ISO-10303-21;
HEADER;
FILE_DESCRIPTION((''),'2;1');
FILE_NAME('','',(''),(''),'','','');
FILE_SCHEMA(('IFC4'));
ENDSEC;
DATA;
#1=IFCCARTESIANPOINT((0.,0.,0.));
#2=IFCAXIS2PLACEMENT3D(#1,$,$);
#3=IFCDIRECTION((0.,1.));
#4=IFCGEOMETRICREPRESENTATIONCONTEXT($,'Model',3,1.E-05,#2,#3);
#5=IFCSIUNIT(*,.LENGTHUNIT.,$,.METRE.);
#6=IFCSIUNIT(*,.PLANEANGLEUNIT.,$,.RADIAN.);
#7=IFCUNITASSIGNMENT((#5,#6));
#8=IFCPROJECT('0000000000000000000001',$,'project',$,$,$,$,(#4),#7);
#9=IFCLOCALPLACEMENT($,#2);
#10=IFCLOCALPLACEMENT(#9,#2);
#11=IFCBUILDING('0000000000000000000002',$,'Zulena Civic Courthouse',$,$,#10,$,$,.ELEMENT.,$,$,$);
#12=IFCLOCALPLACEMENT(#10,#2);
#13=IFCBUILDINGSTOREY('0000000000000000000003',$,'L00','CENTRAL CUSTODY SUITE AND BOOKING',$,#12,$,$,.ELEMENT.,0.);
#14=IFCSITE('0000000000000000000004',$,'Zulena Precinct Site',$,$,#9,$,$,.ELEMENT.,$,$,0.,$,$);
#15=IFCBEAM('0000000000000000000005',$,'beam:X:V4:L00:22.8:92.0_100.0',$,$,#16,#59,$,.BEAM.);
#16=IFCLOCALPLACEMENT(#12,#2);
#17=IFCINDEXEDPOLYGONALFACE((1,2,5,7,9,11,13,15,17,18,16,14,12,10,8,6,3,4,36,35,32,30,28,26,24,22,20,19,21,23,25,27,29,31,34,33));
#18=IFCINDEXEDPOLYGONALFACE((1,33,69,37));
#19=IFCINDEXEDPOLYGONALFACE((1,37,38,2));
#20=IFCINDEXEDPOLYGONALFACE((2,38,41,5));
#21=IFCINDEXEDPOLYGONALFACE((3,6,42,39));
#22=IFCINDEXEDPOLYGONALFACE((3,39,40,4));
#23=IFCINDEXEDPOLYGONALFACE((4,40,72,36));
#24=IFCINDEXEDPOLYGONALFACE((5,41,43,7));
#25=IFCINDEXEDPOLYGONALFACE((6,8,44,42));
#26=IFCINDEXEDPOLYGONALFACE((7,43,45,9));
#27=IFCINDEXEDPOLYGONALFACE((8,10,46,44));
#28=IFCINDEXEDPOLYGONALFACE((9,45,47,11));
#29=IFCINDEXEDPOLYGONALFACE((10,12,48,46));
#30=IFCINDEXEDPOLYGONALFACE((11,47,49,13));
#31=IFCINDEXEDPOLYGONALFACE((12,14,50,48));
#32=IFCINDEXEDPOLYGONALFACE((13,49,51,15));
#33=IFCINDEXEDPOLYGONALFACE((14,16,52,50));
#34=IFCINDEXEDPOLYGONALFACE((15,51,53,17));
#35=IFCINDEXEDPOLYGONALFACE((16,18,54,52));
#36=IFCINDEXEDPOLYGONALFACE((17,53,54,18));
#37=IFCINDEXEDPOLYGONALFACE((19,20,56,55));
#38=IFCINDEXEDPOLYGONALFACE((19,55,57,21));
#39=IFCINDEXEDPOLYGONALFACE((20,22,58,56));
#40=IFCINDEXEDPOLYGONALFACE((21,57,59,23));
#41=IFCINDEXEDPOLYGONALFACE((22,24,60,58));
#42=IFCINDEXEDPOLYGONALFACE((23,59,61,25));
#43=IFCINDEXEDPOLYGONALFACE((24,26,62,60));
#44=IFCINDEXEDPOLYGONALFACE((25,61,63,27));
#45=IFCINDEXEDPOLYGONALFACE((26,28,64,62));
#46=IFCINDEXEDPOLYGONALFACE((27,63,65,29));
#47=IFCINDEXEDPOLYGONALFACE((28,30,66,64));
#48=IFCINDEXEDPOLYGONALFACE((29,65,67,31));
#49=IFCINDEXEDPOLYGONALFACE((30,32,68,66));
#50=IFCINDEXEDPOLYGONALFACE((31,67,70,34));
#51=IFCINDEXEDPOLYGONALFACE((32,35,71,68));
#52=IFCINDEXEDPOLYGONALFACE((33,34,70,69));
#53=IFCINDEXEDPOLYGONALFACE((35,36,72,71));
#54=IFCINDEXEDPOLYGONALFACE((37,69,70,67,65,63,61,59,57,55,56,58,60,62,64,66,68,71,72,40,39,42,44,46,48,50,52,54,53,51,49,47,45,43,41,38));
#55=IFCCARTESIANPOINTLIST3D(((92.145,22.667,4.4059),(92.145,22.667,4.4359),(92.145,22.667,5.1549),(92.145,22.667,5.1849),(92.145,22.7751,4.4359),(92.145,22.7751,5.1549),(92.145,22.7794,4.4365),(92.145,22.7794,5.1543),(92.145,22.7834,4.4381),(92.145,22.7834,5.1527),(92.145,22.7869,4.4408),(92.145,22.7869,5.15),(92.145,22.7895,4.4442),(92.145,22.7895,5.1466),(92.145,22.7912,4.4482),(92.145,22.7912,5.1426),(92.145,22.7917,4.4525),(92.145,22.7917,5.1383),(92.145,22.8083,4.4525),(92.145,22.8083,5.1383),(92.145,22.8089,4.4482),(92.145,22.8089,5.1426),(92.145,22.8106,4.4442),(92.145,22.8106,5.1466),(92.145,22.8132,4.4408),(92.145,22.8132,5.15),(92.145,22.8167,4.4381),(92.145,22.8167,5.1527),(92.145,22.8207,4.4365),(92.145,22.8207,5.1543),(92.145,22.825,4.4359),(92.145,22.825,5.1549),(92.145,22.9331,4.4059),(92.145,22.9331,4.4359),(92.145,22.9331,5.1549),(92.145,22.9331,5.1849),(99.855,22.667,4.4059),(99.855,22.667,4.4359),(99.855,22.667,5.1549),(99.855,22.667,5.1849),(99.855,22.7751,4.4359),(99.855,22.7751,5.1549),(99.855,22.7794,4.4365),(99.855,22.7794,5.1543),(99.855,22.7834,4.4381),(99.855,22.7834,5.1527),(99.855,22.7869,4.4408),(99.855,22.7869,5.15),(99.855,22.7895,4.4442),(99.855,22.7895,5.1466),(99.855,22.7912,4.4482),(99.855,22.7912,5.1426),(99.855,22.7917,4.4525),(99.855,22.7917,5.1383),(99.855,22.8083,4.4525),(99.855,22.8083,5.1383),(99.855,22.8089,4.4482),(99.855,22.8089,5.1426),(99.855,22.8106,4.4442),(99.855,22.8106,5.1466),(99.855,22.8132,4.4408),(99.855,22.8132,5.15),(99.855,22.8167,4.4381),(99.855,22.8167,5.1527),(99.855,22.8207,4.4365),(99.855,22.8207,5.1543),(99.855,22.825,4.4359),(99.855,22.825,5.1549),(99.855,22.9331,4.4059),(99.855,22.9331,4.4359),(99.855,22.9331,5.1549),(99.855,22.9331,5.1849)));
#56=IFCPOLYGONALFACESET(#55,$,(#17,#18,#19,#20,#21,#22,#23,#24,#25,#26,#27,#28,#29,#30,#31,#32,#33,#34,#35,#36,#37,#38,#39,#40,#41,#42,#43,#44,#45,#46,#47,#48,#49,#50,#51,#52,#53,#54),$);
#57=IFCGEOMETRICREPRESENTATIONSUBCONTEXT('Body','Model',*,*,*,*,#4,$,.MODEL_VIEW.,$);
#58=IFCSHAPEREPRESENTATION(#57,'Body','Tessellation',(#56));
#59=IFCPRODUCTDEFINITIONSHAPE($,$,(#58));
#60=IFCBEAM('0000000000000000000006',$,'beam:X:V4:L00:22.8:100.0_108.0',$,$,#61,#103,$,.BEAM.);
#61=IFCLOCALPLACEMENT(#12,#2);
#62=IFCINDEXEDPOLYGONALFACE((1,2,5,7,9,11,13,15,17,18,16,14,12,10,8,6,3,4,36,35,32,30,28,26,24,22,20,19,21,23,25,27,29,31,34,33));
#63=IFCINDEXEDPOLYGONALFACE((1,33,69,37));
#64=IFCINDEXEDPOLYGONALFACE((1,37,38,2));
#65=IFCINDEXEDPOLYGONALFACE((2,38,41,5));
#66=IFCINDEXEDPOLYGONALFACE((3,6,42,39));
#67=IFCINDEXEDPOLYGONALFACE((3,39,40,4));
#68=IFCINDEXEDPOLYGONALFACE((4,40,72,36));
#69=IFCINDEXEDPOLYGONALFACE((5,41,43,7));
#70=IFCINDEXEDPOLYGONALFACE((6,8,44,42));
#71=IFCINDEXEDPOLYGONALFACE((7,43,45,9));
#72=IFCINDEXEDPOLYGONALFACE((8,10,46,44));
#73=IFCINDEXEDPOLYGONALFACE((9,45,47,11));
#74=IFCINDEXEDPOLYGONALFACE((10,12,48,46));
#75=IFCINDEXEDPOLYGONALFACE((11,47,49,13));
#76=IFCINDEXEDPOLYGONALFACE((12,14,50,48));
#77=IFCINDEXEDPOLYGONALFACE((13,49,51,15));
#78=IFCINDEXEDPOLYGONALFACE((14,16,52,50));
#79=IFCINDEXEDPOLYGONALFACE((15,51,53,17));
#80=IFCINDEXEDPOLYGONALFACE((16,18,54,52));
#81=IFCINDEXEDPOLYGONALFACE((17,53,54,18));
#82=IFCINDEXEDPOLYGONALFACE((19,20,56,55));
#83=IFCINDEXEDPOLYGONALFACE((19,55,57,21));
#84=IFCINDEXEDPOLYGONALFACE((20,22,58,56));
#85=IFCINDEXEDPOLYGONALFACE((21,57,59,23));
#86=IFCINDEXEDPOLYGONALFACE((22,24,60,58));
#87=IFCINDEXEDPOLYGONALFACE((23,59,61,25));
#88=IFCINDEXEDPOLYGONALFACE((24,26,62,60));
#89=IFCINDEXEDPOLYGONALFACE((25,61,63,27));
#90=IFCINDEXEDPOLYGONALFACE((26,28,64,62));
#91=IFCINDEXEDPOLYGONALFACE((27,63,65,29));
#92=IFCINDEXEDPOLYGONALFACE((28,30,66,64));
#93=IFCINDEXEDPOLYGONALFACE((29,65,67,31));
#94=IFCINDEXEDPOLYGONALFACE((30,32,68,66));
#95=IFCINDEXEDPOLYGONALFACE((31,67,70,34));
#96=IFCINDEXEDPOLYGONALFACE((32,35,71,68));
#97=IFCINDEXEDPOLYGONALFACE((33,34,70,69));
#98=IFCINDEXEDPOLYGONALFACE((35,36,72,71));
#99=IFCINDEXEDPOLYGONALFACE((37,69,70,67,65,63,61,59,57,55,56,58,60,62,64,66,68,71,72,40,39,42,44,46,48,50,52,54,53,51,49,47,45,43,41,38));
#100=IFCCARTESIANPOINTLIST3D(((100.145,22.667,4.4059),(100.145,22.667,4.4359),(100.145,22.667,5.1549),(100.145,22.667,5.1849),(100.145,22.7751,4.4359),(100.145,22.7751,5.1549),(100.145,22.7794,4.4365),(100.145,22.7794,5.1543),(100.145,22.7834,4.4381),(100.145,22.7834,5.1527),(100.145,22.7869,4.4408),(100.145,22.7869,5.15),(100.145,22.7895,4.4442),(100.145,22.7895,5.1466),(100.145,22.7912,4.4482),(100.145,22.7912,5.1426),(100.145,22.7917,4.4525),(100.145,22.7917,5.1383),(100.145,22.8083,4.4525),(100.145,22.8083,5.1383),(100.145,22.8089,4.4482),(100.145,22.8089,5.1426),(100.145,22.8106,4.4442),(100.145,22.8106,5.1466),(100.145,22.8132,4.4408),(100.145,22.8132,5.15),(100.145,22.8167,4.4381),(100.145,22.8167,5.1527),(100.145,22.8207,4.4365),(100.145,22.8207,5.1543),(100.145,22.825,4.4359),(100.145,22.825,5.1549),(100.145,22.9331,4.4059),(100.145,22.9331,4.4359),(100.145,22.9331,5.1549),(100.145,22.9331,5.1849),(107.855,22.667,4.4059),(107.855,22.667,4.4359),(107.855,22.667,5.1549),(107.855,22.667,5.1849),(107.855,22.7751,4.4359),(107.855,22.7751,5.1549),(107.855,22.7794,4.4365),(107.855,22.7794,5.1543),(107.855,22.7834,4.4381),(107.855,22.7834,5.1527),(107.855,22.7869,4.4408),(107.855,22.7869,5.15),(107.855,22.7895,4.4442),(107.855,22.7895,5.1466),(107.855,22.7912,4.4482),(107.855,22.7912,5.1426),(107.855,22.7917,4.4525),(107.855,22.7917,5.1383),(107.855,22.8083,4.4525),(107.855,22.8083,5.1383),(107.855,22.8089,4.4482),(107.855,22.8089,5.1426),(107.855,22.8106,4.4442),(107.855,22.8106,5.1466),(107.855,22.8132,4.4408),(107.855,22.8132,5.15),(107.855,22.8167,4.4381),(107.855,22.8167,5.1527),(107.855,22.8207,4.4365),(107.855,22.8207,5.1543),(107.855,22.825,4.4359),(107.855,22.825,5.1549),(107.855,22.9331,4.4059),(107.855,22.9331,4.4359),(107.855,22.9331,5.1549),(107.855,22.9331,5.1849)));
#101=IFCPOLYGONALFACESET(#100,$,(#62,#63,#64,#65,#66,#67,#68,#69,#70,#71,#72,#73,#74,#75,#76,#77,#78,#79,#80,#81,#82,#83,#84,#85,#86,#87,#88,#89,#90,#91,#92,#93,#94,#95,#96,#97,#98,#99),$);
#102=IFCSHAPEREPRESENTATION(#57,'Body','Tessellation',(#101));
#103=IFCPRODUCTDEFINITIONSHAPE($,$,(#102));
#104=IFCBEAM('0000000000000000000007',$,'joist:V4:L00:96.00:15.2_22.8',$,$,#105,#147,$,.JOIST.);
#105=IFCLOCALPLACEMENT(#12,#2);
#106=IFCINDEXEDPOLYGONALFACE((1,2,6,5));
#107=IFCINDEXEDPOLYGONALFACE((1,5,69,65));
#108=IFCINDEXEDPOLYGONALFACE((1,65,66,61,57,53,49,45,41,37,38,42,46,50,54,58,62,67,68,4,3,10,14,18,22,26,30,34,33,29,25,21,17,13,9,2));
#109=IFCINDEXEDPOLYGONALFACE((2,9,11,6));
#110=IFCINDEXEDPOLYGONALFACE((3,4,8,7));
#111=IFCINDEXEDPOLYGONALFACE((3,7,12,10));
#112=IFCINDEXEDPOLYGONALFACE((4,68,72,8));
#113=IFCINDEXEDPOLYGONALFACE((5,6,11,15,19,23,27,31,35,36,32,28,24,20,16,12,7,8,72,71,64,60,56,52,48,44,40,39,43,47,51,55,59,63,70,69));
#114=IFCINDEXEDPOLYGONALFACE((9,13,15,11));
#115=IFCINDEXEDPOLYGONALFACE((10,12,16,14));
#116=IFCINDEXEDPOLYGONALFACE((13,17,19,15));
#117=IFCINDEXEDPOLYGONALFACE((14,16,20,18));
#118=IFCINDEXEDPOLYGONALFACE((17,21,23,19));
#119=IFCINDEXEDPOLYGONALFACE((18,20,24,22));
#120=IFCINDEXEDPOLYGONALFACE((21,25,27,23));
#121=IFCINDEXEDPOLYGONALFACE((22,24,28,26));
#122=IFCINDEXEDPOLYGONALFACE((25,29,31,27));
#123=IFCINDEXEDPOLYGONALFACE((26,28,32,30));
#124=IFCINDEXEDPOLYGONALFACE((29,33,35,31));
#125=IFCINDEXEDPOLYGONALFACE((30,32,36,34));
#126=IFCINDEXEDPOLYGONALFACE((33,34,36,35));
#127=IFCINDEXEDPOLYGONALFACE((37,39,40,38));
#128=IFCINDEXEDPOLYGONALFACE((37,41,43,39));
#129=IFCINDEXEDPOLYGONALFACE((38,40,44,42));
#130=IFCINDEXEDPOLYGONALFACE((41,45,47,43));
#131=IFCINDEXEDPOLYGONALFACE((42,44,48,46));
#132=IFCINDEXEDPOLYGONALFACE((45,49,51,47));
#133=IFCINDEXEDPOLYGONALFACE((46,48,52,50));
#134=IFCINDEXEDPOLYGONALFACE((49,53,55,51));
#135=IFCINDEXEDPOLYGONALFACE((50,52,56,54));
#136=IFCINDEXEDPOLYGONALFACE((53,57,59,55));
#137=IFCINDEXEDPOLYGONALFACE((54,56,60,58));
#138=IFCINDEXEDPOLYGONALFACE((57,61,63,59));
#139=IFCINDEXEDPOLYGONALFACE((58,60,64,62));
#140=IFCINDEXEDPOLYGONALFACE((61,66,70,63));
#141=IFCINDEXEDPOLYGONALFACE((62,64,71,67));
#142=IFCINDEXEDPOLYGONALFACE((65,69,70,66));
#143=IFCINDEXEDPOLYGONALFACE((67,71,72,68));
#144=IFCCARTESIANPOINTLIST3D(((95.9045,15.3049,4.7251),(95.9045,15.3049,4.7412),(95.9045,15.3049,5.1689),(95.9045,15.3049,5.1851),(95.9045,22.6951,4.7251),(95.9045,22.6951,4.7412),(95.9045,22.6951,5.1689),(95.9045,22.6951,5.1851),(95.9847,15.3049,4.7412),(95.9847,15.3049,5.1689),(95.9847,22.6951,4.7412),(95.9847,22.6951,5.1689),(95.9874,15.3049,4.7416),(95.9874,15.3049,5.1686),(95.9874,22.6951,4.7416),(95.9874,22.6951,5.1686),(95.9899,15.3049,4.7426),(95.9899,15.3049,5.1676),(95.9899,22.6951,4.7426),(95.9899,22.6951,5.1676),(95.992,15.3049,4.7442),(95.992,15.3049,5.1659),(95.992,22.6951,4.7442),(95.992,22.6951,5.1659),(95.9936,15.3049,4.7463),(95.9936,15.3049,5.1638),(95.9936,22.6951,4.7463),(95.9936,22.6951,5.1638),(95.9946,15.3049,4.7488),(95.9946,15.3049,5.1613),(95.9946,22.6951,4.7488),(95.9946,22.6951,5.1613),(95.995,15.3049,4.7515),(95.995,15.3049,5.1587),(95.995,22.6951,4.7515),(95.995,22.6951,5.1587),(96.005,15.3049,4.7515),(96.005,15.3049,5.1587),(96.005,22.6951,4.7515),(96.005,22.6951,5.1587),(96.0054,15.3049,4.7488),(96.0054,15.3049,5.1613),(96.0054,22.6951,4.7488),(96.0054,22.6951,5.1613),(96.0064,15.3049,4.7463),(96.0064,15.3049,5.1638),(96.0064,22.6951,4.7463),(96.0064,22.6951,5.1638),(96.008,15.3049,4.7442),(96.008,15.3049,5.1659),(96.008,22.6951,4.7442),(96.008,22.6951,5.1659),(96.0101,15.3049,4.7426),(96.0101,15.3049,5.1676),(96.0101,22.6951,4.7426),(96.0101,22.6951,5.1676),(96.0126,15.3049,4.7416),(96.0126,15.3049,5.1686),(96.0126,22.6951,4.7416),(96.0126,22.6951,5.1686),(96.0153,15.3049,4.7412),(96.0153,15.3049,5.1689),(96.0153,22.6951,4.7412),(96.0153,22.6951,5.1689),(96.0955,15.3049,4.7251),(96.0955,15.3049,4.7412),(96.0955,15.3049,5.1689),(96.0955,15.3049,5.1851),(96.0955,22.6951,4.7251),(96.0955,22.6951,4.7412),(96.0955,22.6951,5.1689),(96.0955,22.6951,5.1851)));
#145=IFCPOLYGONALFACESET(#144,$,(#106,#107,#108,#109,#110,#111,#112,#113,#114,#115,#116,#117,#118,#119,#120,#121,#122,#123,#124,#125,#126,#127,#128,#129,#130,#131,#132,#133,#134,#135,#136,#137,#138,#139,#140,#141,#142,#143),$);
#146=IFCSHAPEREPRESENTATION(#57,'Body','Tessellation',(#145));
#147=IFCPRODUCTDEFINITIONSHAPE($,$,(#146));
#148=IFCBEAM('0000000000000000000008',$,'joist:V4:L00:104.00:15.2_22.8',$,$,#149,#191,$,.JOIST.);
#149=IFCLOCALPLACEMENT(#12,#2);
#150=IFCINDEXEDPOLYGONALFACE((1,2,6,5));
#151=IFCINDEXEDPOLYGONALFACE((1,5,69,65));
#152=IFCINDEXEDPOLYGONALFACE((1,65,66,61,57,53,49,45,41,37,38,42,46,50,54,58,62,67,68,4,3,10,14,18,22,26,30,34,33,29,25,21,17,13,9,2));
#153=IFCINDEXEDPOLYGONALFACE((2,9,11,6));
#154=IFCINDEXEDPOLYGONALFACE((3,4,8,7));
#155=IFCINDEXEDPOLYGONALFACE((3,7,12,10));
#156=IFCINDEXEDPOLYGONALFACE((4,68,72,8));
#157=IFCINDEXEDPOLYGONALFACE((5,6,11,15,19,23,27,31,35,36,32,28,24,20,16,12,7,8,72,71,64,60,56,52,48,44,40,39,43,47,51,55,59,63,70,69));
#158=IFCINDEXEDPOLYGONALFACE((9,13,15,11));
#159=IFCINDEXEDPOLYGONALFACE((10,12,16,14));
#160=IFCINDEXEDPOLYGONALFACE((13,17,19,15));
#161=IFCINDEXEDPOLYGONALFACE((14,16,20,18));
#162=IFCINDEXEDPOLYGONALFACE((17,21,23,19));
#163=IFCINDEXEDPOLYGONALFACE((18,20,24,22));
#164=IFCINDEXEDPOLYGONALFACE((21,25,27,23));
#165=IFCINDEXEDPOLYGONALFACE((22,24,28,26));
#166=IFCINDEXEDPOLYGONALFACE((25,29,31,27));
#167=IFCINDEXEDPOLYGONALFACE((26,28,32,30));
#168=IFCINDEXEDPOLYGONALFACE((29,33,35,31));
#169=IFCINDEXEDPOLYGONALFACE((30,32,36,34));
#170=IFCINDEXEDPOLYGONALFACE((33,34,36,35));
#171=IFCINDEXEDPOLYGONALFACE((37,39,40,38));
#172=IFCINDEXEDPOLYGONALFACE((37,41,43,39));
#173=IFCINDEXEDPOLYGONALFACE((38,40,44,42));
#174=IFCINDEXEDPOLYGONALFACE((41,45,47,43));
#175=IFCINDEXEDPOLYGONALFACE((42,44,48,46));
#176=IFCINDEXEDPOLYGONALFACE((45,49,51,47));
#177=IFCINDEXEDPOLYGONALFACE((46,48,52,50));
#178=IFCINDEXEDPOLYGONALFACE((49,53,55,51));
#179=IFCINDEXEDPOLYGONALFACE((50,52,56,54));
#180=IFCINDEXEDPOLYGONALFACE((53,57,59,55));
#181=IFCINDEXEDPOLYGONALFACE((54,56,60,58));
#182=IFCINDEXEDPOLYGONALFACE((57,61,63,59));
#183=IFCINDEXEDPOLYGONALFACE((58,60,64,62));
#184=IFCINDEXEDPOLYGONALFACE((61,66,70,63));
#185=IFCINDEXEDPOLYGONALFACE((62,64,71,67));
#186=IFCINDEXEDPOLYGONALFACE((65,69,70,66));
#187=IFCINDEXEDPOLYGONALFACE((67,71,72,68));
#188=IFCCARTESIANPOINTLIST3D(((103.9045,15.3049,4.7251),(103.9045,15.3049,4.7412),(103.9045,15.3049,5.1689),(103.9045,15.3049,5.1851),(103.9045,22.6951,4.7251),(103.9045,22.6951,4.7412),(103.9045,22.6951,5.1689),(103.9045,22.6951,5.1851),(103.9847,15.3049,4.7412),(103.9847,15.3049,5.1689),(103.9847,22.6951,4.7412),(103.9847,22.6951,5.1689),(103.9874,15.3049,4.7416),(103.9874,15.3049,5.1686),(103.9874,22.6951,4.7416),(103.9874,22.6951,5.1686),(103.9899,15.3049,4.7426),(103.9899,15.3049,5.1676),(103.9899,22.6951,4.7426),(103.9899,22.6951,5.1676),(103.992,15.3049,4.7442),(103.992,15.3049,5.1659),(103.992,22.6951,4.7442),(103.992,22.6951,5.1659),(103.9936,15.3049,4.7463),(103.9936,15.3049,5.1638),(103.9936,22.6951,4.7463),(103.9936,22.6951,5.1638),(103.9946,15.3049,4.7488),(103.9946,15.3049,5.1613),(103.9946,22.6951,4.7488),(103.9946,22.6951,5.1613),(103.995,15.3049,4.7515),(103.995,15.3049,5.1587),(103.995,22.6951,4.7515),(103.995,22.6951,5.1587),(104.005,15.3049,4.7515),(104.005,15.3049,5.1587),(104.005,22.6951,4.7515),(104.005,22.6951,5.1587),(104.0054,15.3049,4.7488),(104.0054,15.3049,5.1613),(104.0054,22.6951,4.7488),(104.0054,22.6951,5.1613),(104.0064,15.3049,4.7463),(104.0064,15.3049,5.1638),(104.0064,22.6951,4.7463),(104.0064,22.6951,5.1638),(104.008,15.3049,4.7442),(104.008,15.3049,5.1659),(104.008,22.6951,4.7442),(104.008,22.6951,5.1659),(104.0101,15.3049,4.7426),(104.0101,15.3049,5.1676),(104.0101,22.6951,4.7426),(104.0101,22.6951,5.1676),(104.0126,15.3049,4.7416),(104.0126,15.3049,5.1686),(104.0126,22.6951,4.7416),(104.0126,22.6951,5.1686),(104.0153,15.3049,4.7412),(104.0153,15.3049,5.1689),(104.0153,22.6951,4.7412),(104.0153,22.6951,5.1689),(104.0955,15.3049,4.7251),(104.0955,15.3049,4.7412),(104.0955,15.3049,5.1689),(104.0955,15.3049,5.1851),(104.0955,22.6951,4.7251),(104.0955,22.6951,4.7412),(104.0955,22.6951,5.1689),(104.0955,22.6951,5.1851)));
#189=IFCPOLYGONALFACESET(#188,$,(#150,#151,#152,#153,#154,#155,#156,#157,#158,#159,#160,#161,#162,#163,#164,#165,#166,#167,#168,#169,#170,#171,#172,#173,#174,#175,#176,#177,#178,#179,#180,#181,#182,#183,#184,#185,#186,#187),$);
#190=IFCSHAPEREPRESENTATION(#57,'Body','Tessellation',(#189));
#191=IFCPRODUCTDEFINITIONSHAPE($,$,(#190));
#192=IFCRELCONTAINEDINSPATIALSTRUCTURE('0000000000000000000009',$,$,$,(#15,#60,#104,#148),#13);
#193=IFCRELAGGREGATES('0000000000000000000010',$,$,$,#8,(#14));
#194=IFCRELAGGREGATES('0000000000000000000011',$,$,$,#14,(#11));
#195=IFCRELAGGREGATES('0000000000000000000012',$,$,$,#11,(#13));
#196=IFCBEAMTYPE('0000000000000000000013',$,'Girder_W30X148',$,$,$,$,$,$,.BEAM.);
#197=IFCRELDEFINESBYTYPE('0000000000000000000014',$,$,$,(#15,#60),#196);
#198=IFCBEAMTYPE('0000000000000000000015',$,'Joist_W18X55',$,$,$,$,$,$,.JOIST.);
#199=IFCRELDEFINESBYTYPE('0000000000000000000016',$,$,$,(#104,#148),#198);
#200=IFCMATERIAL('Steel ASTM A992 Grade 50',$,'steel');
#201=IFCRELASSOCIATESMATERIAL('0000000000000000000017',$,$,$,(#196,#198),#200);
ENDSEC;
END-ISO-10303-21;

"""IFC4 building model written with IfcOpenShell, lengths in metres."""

from ifc_helpers import new_model, si_unit, direction, frame, origin, origin_2d, place, context, subcontext, project, spatial, i_section, extrude, material, material_profile, profile_set, type_object, element, save


model = new_model("IFC4")

# Units and contexts
model_context = context("Model", 3, precision=1e-05, world=origin(), true_north=direction((0.0, 1.0)))
body_context = subcontext(model_context, "Body", "Model", "MODEL_VIEW")
ifc_project = project(units=[si_unit("LENGTHUNIT", "METRE"), si_unit("PLANEANGLEUNIT", "RADIAN")], contexts=[model_context])

# Site, building, storey
site_placement = place(None, origin())
site = spatial("IfcSite", under=ifc_project, at=site_placement, Name="Zulena Precinct Site", CompositionType="ELEMENT", RefElevation=0.0)
building_placement = place(site_placement, origin())
building = spatial("IfcBuilding", under=site, at=building_placement, Name="Zulena Civic Courthouse", CompositionType="ELEMENT")
storey_placement = place(building_placement, origin())
storey = spatial("IfcBuildingStorey", under=building, at=storey_placement, Name="L00", Description="CENTRAL CUSTODY SUITE AND BOOKING", CompositionType="ELEMENT", Elevation=0.0)

# Shared definitions
ifc_material_1 = material(Name="Steel ASTM A992 Grade 50", Category="steel")

# Beams
ifc_material_profile_1 = material_profile(ifc_material_1, i_section(OverallWidth=0.2661, OverallDepth=0.7791, WebThickness=0.0166, FlangeThickness=0.03, FilletRadius=0.0166, at=origin_2d()), Name="W30X148")
ifc_profile_set_1 = profile_set([ifc_material_profile_1], Name="Steel ASTM A992 Grade 50")
beam_type_1 = type_object("IfcBeamType", Name="Girder_W30X148", PredefinedType="BEAM", material=ifc_profile_set_1)
for number, where, z_axis, x_axis, name in (
    (1, (92.145, 22.8, 4.7954), (1.0, 0.0, 0.0), (0.0, 1.0, 0.0), "beam:X:V4:L00:22.8:92.0_100.0"),
    (2, (100.145, 22.8, 4.7954), (1.0, 0.0, 0.0), (0.0, 1.0, 0.0), "beam:X:V4:L00:22.8:100.0_108.0"),
):
    element("IfcBeam", number, at=place(storey_placement, frame(where, z_axis=z_axis, x_axis=x_axis)), inside=storey, type_object=beam_type_1, Name=name, PredefinedType="BEAM", context=body_context, shape_type="SweptSolid", body=[
        extrude(i_section(OverallWidth=0.2661, OverallDepth=0.7791, WebThickness=0.0166, FlangeThickness=0.03, FilletRadius=0.0166, at=origin_2d()), origin(), (0.0, 0.0, 1.0), 7.71),
    ])
ifc_material_profile_2 = material_profile(ifc_material_1, i_section(OverallWidth=0.1909, OverallDepth=0.46, WebThickness=0.01, FlangeThickness=0.0161, FilletRadius=0.0103, at=origin_2d()), Name="W18X55")
ifc_profile_set_2 = profile_set([ifc_material_profile_2], Name="Steel ASTM A992 Grade 50")
beam_type_2 = type_object("IfcBeamType", Name="Joist_W18X55", PredefinedType="JOIST", material=ifc_profile_set_2)
for number, where, z_axis, x_axis, name in (
    (3, (96.0, 15.3049, 4.9551), (0.0, 1.0, 0.0), (-1.0, 0.0, 0.0), "joist:V4:L00:96.00:15.2_22.8"),
    (4, (104.0, 15.3049, 4.9551), (0.0, 1.0, 0.0), (-1.0, 0.0, 0.0), "joist:V4:L00:104.00:15.2_22.8"),
):
    element("IfcBeam", number, at=place(storey_placement, frame(where, z_axis=z_axis, x_axis=x_axis)), inside=storey, type_object=beam_type_2, Name=name, PredefinedType="JOIST", context=body_context, shape_type="SweptSolid", body=[
        extrude(i_section(OverallWidth=0.1909, OverallDepth=0.46, WebThickness=0.01, FlangeThickness=0.0161, FilletRadius=0.0103, at=origin_2d()), origin(), (0.0, 0.0, 1.0), 7.3901),
    ])

save(model, "model.ifc")
